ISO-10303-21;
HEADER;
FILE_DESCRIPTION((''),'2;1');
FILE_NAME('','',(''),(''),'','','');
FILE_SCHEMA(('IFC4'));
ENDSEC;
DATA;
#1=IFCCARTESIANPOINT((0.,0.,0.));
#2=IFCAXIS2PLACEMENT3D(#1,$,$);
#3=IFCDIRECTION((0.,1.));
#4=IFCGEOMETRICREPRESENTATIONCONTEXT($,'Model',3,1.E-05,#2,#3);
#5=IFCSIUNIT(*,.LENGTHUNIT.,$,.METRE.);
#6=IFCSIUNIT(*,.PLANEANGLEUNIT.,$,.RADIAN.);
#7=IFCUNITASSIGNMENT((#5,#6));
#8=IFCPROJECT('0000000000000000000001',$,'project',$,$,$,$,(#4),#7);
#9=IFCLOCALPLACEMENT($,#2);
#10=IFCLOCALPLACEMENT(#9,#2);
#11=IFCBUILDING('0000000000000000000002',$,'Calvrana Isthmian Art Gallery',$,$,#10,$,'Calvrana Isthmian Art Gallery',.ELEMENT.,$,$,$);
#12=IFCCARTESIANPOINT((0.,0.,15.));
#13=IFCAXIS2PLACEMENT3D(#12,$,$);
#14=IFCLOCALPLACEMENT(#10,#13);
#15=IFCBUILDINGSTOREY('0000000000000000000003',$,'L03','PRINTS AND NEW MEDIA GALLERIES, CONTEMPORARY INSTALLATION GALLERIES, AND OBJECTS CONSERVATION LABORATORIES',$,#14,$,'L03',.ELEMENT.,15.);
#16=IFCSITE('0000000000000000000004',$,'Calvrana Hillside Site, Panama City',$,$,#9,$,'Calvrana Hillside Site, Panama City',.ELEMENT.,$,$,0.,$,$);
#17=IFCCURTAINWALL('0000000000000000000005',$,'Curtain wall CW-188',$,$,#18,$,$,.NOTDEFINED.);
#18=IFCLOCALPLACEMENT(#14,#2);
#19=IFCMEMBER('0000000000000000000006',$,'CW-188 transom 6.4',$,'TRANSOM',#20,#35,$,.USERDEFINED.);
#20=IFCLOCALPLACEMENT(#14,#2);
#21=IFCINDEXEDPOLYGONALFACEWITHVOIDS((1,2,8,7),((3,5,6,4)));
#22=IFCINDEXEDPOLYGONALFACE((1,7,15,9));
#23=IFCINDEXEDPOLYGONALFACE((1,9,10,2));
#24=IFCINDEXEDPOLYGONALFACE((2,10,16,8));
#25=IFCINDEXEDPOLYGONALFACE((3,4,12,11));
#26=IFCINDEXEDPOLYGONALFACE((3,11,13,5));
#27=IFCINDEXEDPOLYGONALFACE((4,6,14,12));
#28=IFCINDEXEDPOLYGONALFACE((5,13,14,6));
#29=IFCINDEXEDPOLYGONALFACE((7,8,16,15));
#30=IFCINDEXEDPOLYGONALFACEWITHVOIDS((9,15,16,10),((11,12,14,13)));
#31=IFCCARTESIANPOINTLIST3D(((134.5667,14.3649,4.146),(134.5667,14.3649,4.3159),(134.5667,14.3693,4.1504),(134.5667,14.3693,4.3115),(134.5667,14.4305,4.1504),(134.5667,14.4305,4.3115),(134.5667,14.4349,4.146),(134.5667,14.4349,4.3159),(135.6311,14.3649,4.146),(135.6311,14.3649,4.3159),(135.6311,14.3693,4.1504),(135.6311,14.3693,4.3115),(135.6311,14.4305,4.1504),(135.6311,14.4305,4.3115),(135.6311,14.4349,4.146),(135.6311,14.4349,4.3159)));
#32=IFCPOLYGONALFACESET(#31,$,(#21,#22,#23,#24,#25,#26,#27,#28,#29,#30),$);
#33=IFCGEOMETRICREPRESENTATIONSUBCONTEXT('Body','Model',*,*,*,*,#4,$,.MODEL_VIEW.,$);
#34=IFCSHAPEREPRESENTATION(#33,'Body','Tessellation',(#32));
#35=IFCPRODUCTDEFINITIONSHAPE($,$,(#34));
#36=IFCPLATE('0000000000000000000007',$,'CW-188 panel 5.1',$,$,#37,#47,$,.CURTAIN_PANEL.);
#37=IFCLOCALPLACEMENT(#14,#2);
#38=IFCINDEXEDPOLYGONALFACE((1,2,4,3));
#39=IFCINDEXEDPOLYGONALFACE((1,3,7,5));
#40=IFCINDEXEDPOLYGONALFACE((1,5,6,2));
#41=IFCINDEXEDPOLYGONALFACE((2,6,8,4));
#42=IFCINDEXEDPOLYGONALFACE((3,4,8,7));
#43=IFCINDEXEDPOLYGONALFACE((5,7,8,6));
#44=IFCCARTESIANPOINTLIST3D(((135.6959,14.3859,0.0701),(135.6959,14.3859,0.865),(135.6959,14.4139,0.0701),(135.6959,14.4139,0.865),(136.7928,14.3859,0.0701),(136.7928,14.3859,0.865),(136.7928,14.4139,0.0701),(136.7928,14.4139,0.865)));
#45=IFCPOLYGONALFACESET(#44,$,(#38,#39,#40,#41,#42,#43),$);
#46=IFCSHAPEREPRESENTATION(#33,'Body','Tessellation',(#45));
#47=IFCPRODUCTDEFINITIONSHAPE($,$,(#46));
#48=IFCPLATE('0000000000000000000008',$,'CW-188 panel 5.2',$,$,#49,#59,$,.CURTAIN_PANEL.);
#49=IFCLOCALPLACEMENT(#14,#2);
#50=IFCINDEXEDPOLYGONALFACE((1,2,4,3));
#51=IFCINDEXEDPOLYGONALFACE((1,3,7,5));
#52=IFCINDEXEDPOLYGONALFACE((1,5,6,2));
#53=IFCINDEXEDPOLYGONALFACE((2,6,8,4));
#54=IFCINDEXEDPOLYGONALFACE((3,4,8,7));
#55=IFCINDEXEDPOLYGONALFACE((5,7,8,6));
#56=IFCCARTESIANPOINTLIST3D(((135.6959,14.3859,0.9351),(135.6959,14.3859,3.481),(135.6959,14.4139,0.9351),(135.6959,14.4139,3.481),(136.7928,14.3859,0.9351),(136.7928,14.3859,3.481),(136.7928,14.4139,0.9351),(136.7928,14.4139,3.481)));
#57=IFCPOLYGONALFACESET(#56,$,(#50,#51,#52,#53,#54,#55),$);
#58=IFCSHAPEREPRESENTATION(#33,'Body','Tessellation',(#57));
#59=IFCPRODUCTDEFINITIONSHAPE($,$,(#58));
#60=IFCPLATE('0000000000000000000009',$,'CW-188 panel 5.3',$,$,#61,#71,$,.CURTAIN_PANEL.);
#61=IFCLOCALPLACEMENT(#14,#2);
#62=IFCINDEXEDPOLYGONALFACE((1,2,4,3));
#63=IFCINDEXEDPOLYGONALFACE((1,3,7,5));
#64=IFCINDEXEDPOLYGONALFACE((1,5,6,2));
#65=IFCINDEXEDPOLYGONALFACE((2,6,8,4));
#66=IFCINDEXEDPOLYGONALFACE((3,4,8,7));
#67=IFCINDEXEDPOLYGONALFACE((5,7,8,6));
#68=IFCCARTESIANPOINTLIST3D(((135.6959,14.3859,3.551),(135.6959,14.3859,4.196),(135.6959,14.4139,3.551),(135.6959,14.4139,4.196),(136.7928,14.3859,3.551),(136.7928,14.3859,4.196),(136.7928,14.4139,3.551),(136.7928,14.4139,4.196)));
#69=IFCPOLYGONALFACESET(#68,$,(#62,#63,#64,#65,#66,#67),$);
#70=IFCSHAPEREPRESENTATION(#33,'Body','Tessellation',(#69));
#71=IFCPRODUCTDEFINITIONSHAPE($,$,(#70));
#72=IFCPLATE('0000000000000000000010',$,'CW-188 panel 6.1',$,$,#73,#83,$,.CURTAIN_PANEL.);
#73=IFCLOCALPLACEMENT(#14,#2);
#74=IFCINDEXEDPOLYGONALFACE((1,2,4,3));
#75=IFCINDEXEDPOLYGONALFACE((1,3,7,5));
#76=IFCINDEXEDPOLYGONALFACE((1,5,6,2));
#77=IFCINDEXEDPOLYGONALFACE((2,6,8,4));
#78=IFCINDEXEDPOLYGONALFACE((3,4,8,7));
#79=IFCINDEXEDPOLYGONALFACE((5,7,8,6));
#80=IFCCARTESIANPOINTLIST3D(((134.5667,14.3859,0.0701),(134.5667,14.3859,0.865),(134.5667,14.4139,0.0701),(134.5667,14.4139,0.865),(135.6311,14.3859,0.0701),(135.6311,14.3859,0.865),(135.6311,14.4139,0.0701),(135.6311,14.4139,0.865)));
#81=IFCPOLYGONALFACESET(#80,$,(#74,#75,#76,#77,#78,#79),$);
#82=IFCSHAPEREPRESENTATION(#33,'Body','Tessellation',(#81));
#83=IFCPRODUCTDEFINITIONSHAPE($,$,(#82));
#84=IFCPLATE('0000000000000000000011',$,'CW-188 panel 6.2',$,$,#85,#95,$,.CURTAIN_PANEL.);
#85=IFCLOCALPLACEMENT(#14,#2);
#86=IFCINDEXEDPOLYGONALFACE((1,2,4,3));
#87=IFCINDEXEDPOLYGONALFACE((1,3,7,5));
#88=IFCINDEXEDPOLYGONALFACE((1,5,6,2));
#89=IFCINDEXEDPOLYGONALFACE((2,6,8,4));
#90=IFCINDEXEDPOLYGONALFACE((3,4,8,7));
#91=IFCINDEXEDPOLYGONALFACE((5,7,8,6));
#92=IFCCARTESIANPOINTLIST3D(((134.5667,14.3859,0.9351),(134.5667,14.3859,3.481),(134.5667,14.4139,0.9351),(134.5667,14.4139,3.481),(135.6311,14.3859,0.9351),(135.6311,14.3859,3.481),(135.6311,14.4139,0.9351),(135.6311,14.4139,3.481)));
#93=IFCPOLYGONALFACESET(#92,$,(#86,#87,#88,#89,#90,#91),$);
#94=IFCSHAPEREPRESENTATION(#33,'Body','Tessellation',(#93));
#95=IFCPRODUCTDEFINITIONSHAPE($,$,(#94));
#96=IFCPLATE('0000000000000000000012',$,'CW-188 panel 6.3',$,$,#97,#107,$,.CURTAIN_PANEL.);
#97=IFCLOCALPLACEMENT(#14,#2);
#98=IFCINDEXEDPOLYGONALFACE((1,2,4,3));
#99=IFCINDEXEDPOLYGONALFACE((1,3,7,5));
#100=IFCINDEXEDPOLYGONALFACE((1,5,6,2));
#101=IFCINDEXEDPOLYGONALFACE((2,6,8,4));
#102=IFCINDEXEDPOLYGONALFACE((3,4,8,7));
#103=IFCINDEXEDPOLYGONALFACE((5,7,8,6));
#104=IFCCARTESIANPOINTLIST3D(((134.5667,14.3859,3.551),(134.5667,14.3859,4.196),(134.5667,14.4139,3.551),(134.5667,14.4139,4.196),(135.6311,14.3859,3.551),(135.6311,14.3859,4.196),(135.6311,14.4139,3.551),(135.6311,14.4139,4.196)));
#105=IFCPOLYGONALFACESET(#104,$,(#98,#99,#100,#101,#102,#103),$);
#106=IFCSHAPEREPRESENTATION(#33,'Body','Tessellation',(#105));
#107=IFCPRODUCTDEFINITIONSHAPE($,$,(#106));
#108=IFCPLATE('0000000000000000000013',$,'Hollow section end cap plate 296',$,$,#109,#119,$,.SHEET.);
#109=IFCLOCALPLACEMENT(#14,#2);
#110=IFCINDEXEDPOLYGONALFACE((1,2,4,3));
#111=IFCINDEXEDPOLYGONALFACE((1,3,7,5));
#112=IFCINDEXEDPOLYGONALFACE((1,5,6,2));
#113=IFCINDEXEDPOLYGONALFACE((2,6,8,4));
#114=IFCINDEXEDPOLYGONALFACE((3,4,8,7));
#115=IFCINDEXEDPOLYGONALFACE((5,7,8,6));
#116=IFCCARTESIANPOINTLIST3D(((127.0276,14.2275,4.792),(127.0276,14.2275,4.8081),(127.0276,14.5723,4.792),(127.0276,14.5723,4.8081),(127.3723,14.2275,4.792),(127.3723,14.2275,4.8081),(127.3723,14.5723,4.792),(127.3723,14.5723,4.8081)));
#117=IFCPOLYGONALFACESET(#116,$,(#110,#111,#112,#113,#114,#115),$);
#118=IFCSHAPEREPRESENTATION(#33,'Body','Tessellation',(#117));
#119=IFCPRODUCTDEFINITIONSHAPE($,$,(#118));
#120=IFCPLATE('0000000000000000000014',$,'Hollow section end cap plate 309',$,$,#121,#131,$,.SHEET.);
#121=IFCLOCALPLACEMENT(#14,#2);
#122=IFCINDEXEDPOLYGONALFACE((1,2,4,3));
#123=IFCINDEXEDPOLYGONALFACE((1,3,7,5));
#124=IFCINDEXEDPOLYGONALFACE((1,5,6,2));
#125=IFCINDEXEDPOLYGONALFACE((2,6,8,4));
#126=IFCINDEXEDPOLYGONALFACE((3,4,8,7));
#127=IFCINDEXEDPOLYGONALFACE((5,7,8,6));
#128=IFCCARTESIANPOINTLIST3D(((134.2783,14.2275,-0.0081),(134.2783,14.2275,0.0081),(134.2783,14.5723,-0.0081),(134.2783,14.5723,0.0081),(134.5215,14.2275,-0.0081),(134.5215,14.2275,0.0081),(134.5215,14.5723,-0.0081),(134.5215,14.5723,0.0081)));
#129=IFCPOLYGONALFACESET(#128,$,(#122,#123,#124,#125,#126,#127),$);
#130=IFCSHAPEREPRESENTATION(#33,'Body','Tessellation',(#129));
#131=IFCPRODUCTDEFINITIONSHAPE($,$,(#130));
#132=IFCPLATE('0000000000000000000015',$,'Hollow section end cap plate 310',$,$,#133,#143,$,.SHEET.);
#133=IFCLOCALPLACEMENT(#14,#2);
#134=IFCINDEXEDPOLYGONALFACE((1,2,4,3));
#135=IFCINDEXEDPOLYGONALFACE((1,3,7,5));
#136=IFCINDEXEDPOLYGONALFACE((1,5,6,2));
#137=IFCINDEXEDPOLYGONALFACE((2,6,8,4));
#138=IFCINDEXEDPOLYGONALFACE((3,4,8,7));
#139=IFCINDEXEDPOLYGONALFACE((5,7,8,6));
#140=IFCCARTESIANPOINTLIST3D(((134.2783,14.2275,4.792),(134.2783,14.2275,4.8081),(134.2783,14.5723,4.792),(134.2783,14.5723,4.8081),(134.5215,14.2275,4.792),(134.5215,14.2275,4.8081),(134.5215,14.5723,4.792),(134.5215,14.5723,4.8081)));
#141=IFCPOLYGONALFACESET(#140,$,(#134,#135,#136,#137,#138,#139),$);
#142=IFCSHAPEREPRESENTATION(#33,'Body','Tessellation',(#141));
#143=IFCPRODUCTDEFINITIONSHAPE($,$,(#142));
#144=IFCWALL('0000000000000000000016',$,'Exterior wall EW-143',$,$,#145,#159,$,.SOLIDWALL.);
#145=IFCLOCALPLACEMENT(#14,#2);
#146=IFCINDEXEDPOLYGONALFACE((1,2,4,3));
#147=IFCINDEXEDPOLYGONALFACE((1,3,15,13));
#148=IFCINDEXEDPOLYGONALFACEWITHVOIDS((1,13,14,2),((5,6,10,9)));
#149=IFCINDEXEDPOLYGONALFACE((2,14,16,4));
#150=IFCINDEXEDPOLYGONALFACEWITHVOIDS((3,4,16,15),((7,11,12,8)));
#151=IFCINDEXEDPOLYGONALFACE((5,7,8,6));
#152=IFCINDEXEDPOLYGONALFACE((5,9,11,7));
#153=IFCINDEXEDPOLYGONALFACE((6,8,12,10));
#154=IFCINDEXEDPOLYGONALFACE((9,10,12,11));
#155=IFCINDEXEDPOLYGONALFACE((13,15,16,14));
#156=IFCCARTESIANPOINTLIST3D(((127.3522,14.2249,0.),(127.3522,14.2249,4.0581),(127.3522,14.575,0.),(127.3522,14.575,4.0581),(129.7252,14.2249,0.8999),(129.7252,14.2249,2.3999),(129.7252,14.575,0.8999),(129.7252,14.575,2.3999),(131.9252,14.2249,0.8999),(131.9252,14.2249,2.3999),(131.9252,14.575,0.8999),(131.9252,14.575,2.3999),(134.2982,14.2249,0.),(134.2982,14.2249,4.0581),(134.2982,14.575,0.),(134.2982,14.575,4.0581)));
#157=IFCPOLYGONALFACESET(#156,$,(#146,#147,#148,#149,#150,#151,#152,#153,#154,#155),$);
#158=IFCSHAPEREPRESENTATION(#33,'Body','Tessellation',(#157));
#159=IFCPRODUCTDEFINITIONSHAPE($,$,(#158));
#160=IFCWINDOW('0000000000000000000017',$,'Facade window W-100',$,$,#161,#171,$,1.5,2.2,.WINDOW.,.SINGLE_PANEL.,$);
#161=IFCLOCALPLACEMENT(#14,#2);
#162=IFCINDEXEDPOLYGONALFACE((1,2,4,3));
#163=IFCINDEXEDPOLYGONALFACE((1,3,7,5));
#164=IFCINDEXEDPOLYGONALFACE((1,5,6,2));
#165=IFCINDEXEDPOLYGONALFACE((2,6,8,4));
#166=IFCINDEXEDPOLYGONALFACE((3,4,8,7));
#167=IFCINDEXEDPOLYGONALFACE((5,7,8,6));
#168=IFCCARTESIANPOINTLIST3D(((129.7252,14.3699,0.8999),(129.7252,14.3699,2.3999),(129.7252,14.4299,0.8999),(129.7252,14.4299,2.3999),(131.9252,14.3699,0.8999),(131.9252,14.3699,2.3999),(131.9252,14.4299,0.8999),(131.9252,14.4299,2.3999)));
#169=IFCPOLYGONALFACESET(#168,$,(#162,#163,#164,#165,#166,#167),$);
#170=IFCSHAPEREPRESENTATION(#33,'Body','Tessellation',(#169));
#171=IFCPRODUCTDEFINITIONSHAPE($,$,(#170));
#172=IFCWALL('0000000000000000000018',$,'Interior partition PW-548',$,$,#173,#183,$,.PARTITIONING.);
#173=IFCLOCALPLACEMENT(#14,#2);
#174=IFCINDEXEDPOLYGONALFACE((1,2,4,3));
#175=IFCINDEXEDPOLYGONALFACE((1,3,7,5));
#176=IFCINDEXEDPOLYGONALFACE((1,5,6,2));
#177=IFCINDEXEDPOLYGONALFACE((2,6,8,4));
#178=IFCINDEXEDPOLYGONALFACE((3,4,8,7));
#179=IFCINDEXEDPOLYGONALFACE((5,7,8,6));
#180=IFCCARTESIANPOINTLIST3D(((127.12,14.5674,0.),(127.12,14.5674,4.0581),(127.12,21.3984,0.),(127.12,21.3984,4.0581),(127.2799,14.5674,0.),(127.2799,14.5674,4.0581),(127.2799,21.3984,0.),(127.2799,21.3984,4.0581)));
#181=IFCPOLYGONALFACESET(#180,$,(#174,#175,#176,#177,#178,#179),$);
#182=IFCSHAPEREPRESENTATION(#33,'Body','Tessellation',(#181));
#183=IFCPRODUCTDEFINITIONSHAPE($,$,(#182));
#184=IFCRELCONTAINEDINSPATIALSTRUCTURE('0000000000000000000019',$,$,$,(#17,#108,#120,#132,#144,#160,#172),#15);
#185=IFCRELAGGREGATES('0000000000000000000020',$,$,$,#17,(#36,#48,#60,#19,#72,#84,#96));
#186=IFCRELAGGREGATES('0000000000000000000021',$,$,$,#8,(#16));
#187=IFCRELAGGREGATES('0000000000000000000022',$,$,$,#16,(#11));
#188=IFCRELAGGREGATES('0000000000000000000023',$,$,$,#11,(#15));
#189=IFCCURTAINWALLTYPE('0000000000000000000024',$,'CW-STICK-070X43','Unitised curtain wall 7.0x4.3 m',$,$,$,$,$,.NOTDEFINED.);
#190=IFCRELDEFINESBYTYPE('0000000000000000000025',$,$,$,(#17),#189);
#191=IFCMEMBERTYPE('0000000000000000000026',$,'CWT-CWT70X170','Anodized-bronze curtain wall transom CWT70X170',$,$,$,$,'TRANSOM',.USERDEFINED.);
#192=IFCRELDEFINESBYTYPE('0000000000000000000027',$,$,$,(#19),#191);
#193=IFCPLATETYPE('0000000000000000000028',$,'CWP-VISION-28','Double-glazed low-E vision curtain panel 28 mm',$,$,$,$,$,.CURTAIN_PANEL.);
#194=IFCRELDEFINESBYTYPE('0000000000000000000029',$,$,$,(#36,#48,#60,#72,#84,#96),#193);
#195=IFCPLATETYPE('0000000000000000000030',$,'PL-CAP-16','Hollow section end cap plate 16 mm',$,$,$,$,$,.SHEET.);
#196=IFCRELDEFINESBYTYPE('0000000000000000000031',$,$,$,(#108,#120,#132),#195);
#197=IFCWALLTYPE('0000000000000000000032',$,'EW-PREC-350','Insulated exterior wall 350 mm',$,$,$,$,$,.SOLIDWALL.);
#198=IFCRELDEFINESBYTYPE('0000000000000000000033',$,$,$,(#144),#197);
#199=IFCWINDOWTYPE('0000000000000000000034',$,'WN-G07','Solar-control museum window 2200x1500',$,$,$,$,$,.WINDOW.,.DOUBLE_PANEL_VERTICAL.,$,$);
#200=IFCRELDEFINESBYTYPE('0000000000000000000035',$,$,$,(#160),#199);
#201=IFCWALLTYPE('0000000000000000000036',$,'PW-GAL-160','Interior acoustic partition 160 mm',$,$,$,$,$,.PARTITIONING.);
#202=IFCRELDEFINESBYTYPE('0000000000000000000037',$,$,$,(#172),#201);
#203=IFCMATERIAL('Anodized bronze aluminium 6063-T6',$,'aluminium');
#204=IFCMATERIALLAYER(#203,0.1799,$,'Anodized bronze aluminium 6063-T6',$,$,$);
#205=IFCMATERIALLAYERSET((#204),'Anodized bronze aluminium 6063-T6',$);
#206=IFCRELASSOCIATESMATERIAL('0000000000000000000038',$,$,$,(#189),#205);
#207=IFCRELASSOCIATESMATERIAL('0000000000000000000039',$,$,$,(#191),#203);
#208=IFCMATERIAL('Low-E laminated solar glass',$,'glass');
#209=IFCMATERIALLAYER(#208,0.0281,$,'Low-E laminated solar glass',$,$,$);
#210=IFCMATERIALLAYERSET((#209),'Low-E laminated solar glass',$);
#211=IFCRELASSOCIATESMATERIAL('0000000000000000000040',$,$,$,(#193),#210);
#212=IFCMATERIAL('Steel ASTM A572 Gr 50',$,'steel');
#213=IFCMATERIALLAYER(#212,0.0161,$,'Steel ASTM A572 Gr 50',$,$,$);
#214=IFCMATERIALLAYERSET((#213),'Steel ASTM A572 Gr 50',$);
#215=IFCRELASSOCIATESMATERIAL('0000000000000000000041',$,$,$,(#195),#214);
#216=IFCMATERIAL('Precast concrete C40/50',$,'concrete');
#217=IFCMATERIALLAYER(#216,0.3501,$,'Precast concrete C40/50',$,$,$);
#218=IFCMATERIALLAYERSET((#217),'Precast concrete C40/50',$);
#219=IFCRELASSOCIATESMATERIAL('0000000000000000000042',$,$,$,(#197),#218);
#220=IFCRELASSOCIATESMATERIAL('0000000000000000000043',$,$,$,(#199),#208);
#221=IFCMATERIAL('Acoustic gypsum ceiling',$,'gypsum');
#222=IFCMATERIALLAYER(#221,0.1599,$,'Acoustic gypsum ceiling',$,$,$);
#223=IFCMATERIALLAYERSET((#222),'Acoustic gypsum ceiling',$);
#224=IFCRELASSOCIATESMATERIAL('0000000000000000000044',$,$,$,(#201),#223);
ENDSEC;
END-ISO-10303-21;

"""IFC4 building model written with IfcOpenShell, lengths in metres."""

from ifc_helpers import new_model, si_unit, direction, frame, frame_2d, origin, origin_2d, place, context, subcontext, project, spatial, rectangle, hollow_rectangle, extrude, material, layer, layer_set, material_profile, profile_set, type_object, element, fill, aggregate, save


model = new_model("IFC4")

# Units and contexts
model_context = context("Model", 3, precision=1e-05, world=origin(), true_north=direction((0.0, 1.0)))
body_context = subcontext(model_context, "Body", "Model", "MODEL_VIEW")
ifc_project = project(units=[si_unit("LENGTHUNIT", "METRE"), si_unit("PLANEANGLEUNIT", "RADIAN")], contexts=[model_context])

# Site, building, storey
site_placement = place(None, origin())
site = spatial("IfcSite", under=ifc_project, at=site_placement, Name="Calvrana Hillside Site, Panama City", LongName="Calvrana Hillside Site, Panama City", CompositionType="ELEMENT", RefElevation=0.0)
building_placement = place(site_placement, origin())
building = spatial("IfcBuilding", under=site, at=building_placement, Name="Calvrana Isthmian Art Gallery", LongName="Calvrana Isthmian Art Gallery", CompositionType="ELEMENT")
storey_placement = place(building_placement, frame((0.0, 0.0, 15.0)))
storey = spatial("IfcBuildingStorey", under=building, at=storey_placement, Name="L03", Description="PRINTS AND NEW MEDIA GALLERIES, CONTEMPORARY INSTALLATION GALLERIES, AND OBJECTS CONSERVATION LABORATORIES", LongName="L03", CompositionType="ELEMENT", Elevation=15.0)

# Curtain wall, member, plates
ifc_material_1 = material(Name="Anodized bronze aluminium 6063-T6", Category="aluminium")
ifc_layer_1 = layer(ifc_material_1, 0.1799, Name="Anodized bronze aluminium 6063-T6")
ifc_layer_set_1 = layer_set([ifc_layer_1], Name="Anodized bronze aluminium 6063-T6")
curtain_wall_type = type_object("IfcCurtainWallType", Name="CW-STICK-070X43", Description="Unitised curtain wall 7.0x4.3 m", PredefinedType="NOTDEFINED", material=ifc_layer_set_1)
curtain_wall_placement = place(storey_placement, origin())
curtain_wall = element("IfcCurtainWall", 1, at=curtain_wall_placement, inside=storey, type_object=curtain_wall_type, Name="Curtain wall CW-188", PredefinedType="NOTDEFINED")
ifc_material_profile_1 = material_profile(ifc_material_1, hollow_rectangle(XDim=0.0701, YDim=0.1699, WallThickness=0.0044, at=origin_2d()), Name="CWT70X170")
ifc_profile_set_1 = profile_set([ifc_material_profile_1], Name="Anodized bronze aluminium 6063-T6")
member_type_1 = type_object("IfcMemberType", Name="CWT-CWT70X170", Description="Anodized-bronze curtain wall transom CWT70X170", ElementType="TRANSOM", PredefinedType="USERDEFINED", material=ifc_profile_set_1)
member_1_placement = place(storey_placement, frame((135.6311, 14.3999, 4.231), z_axis=(-1.0, 0.0, 0.0), x_axis=(0.0, -1.0, 0.0)))
member_1 = element("IfcMember", 2, at=member_1_placement, type_object=member_type_1, Name="CW-188 transom 6.4", ObjectType="TRANSOM", PredefinedType="USERDEFINED", context=body_context, shape_type="SweptSolid", body=[
    extrude(hollow_rectangle(XDim=0.0701, YDim=0.1699, WallThickness=0.0044, at=origin_2d()), origin(), (0.0, 0.0, 1.0), 1.0645),
])
ifc_material_2 = material(Name="Low-E laminated solar glass", Category="glass")
ifc_layer_2 = layer(ifc_material_2, 0.0281, Name="Low-E laminated solar glass")
ifc_layer_set_2 = layer_set([ifc_layer_2], Name="Low-E laminated solar glass")
plate_type_1 = type_object("IfcPlateType", Name="CWP-VISION-28", Description="Double-glazed low-E vision curtain panel 28 mm", PredefinedType="CURTAIN_PANEL", material=ifc_layer_set_2)
plate_1_placement = place(storey_placement, frame((136.2444, 14.3999, 0.0701), z_axis=(0.0, 0.0, 1.0), x_axis=(-1.0, 0.0, 0.0)))
plate_1 = element("IfcPlate", 3, at=plate_1_placement, type_object=plate_type_1, Name="CW-188 panel 5.1", PredefinedType="CURTAIN_PANEL", context=body_context, shape_type="SweptSolid", body=[
    extrude(rectangle(XDim=1.0969, YDim=0.0281, at=origin_2d()), origin(), (0.0, 0.0, 1.0), 0.7949),
])
plate_2_placement = place(storey_placement, frame((136.2444, 14.3999, 0.9351), z_axis=(0.0, 0.0, 1.0), x_axis=(-1.0, 0.0, 0.0)))
plate_2 = element("IfcPlate", 4, at=plate_2_placement, type_object=plate_type_1, Name="CW-188 panel 5.2", PredefinedType="CURTAIN_PANEL", context=body_context, shape_type="SweptSolid", body=[
    extrude(rectangle(XDim=1.0969, YDim=0.0281, at=origin_2d()), origin(), (0.0, 0.0, 1.0), 2.5459),
])
plate_3_placement = place(storey_placement, frame((136.2444, 14.3999, 3.551), z_axis=(0.0, 0.0, 1.0), x_axis=(-1.0, 0.0, 0.0)))
plate_3 = element("IfcPlate", 5, at=plate_3_placement, type_object=plate_type_1, Name="CW-188 panel 5.3", PredefinedType="CURTAIN_PANEL", context=body_context, shape_type="SweptSolid", body=[
    extrude(rectangle(XDim=1.0969, YDim=0.0281, at=origin_2d()), origin(), (0.0, 0.0, 1.0), 0.645),
])
plate_4_placement = place(storey_placement, frame((135.0989, 14.3999, 0.0701), z_axis=(0.0, 0.0, 1.0), x_axis=(-1.0, 0.0, 0.0)))
plate_4 = element("IfcPlate", 6, at=plate_4_placement, type_object=plate_type_1, Name="CW-188 panel 6.1", PredefinedType="CURTAIN_PANEL", context=body_context, shape_type="SweptSolid", body=[
    extrude(rectangle(XDim=1.0645, YDim=0.0281, at=origin_2d()), origin(), (0.0, 0.0, 1.0), 0.7949),
])
plate_5_placement = place(storey_placement, frame((135.0989, 14.3999, 0.9351), z_axis=(0.0, 0.0, 1.0), x_axis=(-1.0, 0.0, 0.0)))
plate_5 = element("IfcPlate", 7, at=plate_5_placement, type_object=plate_type_1, Name="CW-188 panel 6.2", PredefinedType="CURTAIN_PANEL", context=body_context, shape_type="SweptSolid", body=[
    extrude(rectangle(XDim=1.0645, YDim=0.0281, at=origin_2d()), origin(), (0.0, 0.0, 1.0), 2.5459),
])
plate_6_placement = place(storey_placement, frame((135.0989, 14.3999, 3.551), z_axis=(0.0, 0.0, 1.0), x_axis=(-1.0, 0.0, 0.0)))
plate_6 = element("IfcPlate", 8, at=plate_6_placement, type_object=plate_type_1, Name="CW-188 panel 6.3", PredefinedType="CURTAIN_PANEL", context=body_context, shape_type="SweptSolid", body=[
    extrude(rectangle(XDim=1.0645, YDim=0.0281, at=origin_2d()), origin(), (0.0, 0.0, 1.0), 0.645),
])
aggregate(curtain_wall, [plate_1, plate_2, plate_3, member_1, plate_4, plate_5, plate_6])

# Plates
ifc_material_3 = material(Name="Steel ASTM A572 Gr 50", Category="steel")
ifc_layer_3 = layer(ifc_material_3, 0.0161, Name="Steel ASTM A572 Gr 50")
ifc_layer_set_3 = layer_set([ifc_layer_3], Name="Steel ASTM A572 Gr 50")
plate_type_2 = type_object("IfcPlateType", Name="PL-CAP-16", Description="Hollow section end cap plate 16 mm", PredefinedType="SHEET", material=ifc_layer_set_3)
plate_7_placement = place(storey_placement, frame((127.2, 14.3999, 4.792), z_axis=(0.0, 0.0, 1.0), x_axis=(1.0, 0.0, 0.0)))
element("IfcPlate", 9, at=plate_7_placement, inside=storey, type_object=plate_type_2, Name="Hollow section end cap plate 296", PredefinedType="SHEET", context=body_context, shape_type="SweptSolid", body=[
    extrude(rectangle(XDim=0.3447, YDim=0.3447, at=origin_2d()), origin(), (0.0, 0.0, 1.0), 0.0161),
])
for number, where, z_axis, x_axis, name in (
    (10, (134.3999, 14.3999, -0.0081), (0.0, 0.0, 1.0), (1.0, 0.0, 0.0), "Hollow section end cap plate 309"),
    (11, (134.3999, 14.3999, 4.792), (0.0, 0.0, 1.0), (1.0, 0.0, 0.0), "Hollow section end cap plate 310"),
):
    element("IfcPlate", number, at=place(storey_placement, frame(where, z_axis=z_axis, x_axis=x_axis)), inside=storey, type_object=plate_type_2, Name=name, PredefinedType="SHEET", context=body_context, shape_type="SweptSolid", body=[
        extrude(rectangle(XDim=0.2432, YDim=0.3447, at=origin_2d()), origin(), (0.0, 0.0, 1.0), 0.0161),
    ])

# Wall, opening, window
ifc_material_4 = material(Name="Precast concrete C40/50", Category="concrete")
ifc_layer_4 = layer(ifc_material_4, 0.3501, Name="Precast concrete C40/50")
ifc_layer_set_4 = layer_set([ifc_layer_4], Name="Precast concrete C40/50")
wall_type_1 = type_object("IfcWallType", Name="EW-PREC-350", Description="Insulated exterior wall 350 mm", PredefinedType="SOLIDWALL", material=ifc_layer_set_4)
wall_1_placement = place(storey_placement, frame((134.2983, 14.3999, 0.0), z_axis=(0.0, 0.0, 1.0), x_axis=(-1.0, 0.0, 0.0)))
wall_1 = element("IfcWall", 12, at=wall_1_placement, inside=storey, type_object=wall_type_1, Name="Exterior wall EW-143", PredefinedType="SOLIDWALL", context=body_context, shape_type="SweptSolid", body=[
    extrude(rectangle(XDim=6.946, YDim=0.3501, at=frame_2d((3.4731, 0.0))), origin(), (0.0, 0.0, 1.0), 4.0581),
])
opening_placement = place(wall_1_placement, frame((2.373, 0.0, 0.8999)))
opening = element("IfcOpeningElement", 13, at=opening_placement, cuts=wall_1, PredefinedType="OPENING", context=body_context, shape_type="SweptSolid", body=[
    extrude(rectangle(XDim=2.2, YDim=1.5, at=frame_2d((1.1001, 0.75))), frame((0.0, 0.1853, 0.0), z_axis=(0.0, -1.0, 0.0), x_axis=(1.0, 0.0, 0.0)), (0.0, 0.0, 1.0), 0.3706),
])
window_type = type_object("IfcWindowType", Name="WN-G07", Description="Solar-control museum window 2200x1500", PartitioningType="DOUBLE_PANEL_VERTICAL", PredefinedType="WINDOW", material=ifc_material_2)
window_placement = place(opening_placement, origin())
window = element("IfcWindow", 14, at=window_placement, inside=storey, type_object=window_type, Name="Facade window W-100", OverallHeight=1.5, OverallWidth=2.2, PartitioningType="SINGLE_PANEL", PredefinedType="WINDOW", context=body_context, shape_type="SweptSolid", body=[
    extrude(rectangle(XDim=2.2, YDim=1.5, at=frame_2d((1.1001, 0.75))), frame((0.0, 0.03, 0.0), z_axis=(0.0, -1.0, 0.0), x_axis=(1.0, 0.0, 0.0)), (0.0, 0.0, 1.0), 0.0601),
])
fill(opening, window)

# Wall
ifc_material_5 = material(Name="Acoustic gypsum ceiling", Category="gypsum")
ifc_layer_5 = layer(ifc_material_5, 0.1599, Name="Acoustic gypsum ceiling")
ifc_layer_set_5 = layer_set([ifc_layer_5], Name="Acoustic gypsum ceiling")
wall_type_2 = type_object("IfcWallType", Name="PW-GAL-160", Description="Interior acoustic partition 160 mm", PredefinedType="PARTITIONING", material=ifc_layer_set_5)
wall_2_placement = place(storey_placement, frame((127.2, 14.5674, 0.0), z_axis=(0.0, 0.0, 1.0), x_axis=(0.0, 1.0, 0.0)))
element("IfcWall", 15, at=wall_2_placement, inside=storey, type_object=wall_type_2, Name="Interior partition PW-548", PredefinedType="PARTITIONING", context=body_context, shape_type="SweptSolid", body=[
    extrude(rectangle(XDim=6.8311, YDim=0.1599, at=frame_2d((3.4155, 0.0))), origin(), (0.0, 0.0, 1.0), 4.0581),
])

save(model, "model.ifc")
